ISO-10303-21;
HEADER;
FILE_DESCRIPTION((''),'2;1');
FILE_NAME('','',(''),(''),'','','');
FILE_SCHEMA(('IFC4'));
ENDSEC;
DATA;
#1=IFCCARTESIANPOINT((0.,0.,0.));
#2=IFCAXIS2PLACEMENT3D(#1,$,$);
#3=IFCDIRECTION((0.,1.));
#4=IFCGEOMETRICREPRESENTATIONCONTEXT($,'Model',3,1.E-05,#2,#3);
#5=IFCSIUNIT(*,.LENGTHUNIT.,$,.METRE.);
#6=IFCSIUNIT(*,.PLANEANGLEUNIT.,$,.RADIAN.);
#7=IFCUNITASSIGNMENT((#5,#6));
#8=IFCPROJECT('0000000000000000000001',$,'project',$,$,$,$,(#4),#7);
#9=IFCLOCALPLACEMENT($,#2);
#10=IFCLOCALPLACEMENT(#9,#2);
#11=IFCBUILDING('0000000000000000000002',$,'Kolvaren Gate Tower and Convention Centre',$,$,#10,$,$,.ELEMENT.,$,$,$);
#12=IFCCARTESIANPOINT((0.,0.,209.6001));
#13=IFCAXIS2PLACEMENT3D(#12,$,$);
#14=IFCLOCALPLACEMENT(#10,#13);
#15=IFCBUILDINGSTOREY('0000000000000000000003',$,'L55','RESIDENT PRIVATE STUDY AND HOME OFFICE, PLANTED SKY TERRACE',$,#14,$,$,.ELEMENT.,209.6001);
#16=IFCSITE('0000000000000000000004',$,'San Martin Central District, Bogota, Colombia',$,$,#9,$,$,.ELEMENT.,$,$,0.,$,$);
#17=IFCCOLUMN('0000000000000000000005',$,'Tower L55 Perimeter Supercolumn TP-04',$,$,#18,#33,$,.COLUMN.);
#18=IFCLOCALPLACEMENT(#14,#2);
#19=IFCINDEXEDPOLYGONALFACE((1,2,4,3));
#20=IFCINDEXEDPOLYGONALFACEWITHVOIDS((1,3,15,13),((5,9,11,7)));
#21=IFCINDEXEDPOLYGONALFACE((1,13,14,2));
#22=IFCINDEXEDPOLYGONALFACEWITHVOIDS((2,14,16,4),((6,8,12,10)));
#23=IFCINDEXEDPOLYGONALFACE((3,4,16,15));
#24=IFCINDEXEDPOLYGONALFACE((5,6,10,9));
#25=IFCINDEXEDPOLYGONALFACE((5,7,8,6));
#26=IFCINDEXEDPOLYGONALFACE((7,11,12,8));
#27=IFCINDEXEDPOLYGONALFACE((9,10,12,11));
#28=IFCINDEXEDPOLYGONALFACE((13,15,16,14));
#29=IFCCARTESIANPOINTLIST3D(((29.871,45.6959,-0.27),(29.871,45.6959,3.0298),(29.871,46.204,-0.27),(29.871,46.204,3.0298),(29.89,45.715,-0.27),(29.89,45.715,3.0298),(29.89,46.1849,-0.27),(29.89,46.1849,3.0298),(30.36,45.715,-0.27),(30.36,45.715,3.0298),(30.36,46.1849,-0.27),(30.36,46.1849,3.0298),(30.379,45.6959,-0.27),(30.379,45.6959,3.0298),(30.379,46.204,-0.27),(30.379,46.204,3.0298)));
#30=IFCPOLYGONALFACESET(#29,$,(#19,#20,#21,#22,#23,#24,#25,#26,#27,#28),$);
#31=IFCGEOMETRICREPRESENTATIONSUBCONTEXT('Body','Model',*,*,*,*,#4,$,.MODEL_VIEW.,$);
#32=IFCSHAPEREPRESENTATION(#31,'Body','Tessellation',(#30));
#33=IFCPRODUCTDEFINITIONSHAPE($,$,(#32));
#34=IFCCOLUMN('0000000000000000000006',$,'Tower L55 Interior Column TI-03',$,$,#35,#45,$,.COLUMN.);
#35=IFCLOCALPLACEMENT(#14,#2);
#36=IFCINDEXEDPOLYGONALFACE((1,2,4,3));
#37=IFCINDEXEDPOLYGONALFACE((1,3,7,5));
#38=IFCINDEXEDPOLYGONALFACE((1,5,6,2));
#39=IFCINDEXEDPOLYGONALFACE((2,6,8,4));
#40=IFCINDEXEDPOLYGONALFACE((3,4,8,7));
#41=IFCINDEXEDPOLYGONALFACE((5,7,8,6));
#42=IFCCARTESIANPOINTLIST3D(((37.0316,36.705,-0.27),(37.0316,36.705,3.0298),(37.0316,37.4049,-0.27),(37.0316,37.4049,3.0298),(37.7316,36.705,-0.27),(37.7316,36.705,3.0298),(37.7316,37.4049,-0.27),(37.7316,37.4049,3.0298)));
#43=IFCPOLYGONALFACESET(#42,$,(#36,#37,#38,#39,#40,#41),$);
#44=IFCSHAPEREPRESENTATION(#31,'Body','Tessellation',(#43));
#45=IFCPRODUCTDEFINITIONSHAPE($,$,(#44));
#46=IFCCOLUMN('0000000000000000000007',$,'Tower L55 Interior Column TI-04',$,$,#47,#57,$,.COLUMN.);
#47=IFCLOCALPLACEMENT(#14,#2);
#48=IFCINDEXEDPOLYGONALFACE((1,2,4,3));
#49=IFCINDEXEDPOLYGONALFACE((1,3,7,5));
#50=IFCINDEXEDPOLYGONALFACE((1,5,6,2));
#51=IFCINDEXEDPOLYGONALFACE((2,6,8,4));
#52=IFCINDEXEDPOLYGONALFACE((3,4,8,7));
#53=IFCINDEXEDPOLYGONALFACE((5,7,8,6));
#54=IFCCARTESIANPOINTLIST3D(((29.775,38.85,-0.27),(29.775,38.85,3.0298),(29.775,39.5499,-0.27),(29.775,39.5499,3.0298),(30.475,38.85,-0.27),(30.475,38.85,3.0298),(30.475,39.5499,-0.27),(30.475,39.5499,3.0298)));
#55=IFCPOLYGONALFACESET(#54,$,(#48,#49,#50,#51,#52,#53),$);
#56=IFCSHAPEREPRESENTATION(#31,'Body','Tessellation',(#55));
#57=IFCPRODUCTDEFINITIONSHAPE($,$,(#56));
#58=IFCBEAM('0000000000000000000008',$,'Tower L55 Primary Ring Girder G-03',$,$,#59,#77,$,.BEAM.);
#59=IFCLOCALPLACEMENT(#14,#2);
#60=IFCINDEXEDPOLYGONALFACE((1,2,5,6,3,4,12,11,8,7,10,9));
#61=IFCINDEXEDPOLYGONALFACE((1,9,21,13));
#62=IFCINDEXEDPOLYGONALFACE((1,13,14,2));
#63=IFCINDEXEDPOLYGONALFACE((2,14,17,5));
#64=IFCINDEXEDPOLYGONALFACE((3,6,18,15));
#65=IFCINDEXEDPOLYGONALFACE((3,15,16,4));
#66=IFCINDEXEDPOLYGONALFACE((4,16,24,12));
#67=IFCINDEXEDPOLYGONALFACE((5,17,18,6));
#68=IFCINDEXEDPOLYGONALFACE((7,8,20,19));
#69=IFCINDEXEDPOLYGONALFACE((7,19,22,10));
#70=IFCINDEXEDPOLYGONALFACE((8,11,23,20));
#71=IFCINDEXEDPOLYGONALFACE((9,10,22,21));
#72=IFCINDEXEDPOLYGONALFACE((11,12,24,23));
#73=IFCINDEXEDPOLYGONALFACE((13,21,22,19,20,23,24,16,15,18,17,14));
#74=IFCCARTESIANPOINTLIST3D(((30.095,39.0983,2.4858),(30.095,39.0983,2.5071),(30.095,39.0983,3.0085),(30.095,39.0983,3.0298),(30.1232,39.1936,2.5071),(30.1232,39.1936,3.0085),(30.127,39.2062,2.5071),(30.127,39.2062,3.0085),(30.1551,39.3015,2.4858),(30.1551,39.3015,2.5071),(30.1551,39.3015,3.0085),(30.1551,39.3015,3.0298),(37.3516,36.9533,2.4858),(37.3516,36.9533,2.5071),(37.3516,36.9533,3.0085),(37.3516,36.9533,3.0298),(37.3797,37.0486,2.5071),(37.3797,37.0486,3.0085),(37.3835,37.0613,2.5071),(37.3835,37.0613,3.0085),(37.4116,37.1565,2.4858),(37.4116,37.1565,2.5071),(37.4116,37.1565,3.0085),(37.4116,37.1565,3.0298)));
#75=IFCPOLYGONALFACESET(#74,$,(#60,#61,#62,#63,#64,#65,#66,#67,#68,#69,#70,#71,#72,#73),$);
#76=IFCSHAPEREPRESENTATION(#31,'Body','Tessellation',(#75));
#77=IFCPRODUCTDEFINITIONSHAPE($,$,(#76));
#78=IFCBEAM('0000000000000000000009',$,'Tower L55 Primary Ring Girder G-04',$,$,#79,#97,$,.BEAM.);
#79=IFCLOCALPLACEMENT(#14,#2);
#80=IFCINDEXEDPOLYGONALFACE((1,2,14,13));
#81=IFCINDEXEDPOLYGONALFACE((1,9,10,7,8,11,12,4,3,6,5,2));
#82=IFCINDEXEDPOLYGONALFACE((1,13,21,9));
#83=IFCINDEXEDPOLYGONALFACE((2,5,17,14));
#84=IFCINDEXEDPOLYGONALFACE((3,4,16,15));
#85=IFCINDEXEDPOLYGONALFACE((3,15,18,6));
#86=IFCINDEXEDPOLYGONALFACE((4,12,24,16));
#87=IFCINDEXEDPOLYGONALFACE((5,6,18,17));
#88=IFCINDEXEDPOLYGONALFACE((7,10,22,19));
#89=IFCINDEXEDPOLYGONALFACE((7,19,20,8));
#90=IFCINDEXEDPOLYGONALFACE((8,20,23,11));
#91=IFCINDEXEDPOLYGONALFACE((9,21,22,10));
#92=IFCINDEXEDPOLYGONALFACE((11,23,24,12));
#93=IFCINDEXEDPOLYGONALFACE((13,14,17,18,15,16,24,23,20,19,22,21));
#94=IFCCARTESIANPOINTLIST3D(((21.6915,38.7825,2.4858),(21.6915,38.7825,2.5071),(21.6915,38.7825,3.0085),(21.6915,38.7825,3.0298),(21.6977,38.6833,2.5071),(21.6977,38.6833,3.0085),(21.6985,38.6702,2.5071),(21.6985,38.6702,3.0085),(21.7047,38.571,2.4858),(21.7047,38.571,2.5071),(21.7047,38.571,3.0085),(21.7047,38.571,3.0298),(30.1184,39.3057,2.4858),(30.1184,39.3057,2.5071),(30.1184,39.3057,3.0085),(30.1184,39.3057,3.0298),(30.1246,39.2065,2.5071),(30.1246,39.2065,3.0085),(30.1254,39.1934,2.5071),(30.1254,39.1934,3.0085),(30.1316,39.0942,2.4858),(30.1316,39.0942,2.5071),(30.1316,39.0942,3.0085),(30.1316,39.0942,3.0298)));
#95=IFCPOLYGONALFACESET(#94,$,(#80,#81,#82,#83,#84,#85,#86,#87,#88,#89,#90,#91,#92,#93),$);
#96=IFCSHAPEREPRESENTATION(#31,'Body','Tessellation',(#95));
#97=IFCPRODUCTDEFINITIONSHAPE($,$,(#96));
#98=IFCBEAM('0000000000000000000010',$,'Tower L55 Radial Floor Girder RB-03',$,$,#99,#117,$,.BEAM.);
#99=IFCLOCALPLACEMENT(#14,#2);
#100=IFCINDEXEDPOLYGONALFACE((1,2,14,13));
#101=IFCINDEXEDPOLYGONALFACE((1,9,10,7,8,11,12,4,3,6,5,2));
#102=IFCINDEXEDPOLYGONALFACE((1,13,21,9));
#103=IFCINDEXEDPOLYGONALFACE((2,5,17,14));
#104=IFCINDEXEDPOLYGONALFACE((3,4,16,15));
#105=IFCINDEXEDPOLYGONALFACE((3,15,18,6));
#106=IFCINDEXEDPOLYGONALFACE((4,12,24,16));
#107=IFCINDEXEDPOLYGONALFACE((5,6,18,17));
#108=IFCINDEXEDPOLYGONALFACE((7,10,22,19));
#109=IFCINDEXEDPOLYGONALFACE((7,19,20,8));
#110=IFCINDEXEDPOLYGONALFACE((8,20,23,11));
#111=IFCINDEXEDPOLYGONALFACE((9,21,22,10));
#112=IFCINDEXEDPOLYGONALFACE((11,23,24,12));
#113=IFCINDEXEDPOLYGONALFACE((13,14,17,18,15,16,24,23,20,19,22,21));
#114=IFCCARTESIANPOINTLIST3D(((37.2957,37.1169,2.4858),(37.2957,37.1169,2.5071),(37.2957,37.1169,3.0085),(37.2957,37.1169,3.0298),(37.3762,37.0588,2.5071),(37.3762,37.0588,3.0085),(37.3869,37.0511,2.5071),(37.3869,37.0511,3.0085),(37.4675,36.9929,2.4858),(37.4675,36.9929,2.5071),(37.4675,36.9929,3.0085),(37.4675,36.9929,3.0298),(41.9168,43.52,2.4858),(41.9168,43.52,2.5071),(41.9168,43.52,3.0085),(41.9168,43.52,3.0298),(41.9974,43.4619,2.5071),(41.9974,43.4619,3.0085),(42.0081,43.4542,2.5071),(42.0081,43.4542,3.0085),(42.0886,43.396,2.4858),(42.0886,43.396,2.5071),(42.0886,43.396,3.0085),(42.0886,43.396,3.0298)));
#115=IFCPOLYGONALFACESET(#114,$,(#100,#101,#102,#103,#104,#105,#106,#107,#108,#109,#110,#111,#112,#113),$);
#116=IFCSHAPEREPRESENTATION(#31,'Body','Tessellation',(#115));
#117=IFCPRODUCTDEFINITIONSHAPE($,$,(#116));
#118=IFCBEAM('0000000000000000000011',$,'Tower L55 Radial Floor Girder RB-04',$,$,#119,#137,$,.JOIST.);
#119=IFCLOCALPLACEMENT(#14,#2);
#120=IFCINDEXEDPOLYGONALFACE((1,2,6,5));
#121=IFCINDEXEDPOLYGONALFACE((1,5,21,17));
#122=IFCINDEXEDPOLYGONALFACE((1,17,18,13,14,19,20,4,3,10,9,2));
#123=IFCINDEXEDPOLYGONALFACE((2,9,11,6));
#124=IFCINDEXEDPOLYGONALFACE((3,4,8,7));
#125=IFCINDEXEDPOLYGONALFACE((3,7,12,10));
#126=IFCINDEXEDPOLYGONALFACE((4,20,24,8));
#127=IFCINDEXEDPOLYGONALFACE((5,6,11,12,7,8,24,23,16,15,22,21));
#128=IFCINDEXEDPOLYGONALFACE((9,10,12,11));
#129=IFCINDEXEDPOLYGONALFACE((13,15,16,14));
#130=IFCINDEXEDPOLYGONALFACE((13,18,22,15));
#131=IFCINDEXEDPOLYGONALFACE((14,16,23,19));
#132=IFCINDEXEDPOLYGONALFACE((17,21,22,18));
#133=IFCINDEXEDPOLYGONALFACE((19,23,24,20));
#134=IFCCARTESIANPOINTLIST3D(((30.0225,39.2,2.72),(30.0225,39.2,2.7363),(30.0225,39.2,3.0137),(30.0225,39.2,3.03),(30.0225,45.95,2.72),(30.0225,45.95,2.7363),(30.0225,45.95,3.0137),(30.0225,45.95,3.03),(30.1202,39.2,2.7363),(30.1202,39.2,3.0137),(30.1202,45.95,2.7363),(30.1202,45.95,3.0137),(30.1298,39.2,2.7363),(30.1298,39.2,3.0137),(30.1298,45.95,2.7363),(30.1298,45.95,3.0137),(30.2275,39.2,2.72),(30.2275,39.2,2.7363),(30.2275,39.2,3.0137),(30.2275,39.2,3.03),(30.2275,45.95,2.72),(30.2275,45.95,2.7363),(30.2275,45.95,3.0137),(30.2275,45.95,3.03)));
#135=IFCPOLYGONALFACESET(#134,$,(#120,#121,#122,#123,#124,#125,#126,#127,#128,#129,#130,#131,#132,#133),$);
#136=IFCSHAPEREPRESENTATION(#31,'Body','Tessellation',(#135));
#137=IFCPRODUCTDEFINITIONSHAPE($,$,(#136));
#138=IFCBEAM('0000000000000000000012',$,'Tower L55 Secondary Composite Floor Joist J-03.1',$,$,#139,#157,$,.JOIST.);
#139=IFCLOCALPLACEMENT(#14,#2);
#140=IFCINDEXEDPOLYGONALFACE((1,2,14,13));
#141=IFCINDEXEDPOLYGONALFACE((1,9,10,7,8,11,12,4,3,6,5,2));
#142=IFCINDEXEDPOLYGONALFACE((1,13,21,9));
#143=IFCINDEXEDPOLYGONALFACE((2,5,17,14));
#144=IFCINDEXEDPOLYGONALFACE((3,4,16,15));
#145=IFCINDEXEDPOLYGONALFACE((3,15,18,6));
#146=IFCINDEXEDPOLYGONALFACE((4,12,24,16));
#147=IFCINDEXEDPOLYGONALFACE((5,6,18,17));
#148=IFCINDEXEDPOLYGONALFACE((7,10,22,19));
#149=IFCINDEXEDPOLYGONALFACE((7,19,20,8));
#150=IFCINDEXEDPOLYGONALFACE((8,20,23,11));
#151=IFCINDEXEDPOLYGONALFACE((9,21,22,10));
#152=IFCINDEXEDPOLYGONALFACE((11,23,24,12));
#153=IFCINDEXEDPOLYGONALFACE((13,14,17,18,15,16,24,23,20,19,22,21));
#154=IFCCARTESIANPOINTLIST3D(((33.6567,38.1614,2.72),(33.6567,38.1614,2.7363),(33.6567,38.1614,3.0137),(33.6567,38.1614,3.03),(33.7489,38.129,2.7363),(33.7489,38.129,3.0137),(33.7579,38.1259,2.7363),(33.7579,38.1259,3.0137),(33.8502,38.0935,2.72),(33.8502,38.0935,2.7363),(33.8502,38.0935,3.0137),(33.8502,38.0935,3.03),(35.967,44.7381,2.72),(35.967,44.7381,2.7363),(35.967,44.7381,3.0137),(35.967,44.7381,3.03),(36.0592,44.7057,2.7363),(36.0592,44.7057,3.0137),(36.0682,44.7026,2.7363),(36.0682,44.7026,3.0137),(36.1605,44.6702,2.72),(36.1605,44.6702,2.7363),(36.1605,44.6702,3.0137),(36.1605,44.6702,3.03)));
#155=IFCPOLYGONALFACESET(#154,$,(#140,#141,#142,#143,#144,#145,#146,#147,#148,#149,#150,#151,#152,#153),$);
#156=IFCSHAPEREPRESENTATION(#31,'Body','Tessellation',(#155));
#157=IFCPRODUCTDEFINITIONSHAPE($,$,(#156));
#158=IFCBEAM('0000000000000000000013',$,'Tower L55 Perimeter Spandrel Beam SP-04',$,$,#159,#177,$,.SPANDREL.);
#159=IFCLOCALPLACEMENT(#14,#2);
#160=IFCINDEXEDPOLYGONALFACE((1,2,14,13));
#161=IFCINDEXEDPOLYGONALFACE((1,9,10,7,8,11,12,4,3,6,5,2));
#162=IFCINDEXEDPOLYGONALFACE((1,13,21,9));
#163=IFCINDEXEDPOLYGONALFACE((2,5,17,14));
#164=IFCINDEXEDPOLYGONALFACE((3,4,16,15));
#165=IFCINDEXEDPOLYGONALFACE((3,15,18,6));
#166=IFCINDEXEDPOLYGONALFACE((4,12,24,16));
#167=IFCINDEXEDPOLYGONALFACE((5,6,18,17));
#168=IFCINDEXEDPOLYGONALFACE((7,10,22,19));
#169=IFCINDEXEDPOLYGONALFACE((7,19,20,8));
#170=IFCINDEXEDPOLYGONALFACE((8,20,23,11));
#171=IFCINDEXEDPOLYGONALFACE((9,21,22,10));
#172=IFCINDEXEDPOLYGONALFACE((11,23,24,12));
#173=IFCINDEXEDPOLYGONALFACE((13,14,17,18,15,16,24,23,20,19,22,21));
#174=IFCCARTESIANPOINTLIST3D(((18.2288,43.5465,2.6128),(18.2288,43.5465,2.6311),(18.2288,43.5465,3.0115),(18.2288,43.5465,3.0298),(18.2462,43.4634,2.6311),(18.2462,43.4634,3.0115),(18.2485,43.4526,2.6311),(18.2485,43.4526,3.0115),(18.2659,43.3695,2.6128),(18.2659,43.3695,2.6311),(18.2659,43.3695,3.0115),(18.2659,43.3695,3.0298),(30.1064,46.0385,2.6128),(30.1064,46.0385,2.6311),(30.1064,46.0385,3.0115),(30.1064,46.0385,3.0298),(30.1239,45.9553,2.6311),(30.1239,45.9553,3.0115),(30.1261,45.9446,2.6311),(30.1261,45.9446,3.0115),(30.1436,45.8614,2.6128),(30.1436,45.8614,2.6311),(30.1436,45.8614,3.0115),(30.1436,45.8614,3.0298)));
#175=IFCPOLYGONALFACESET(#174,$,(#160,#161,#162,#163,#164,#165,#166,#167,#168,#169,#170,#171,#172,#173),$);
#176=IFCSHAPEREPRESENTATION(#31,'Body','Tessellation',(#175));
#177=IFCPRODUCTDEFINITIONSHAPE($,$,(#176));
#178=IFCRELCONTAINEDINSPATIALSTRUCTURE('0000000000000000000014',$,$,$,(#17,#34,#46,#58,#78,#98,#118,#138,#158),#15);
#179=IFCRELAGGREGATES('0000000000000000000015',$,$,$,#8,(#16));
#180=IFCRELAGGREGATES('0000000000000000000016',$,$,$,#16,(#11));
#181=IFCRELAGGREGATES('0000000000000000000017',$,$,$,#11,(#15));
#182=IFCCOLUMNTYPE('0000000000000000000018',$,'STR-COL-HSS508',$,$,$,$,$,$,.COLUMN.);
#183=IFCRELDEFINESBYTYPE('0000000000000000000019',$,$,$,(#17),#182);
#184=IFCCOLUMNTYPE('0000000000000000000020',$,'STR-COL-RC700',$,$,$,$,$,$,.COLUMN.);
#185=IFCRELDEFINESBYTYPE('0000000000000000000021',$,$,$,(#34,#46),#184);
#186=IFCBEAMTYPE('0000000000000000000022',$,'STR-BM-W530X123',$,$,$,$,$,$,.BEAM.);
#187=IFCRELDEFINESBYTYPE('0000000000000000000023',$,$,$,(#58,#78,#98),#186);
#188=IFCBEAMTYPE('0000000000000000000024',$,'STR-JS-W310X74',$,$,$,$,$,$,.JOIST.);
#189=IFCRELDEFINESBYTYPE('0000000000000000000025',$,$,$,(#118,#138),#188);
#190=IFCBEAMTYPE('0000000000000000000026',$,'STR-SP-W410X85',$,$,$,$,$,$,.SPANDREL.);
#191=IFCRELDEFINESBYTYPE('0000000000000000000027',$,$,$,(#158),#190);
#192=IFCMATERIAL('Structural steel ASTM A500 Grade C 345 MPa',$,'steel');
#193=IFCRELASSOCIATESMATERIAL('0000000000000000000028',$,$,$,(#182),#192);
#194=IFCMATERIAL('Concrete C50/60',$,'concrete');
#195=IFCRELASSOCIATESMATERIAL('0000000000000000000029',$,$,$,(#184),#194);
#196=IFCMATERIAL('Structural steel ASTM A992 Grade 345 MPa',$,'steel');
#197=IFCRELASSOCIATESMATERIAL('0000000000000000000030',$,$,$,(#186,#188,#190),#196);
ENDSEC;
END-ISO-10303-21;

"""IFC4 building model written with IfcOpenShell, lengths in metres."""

from ifc_helpers import new_model, si_unit, direction, frame, origin, origin_2d, place, context, subcontext, project, spatial, rectangle, hollow_rectangle, i_section, extrude, material, material_profile, profile_set, type_object, element, save


model = new_model("IFC4")

# Units and contexts
model_context = context("Model", 3, precision=1e-05, world=origin(), true_north=direction((0.0, 1.0)))
body_context = subcontext(model_context, "Body", "Model", "MODEL_VIEW")
ifc_project = project(units=[si_unit("LENGTHUNIT", "METRE"), si_unit("PLANEANGLEUNIT", "RADIAN")], contexts=[model_context])

# Site, building, storey
site_placement = place(None, origin())
site = spatial("IfcSite", under=ifc_project, at=site_placement, Name="San Martin Central District, Bogota, Colombia", CompositionType="ELEMENT", RefElevation=0.0)
building_placement = place(site_placement, origin())
building = spatial("IfcBuilding", under=site, at=building_placement, Name="Kolvaren Gate Tower and Convention Centre", CompositionType="ELEMENT")
storey_placement = place(building_placement, frame((0.0, 0.0, 209.6001)))
storey = spatial("IfcBuildingStorey", under=building, at=storey_placement, Name="L55", Description="RESIDENT PRIVATE STUDY AND HOME OFFICE, PLANTED SKY TERRACE", CompositionType="ELEMENT", Elevation=209.6001)

# Columns
ifc_material_1 = material(Name="Structural steel ASTM A500 Grade C 345 MPa", Category="steel")
ifc_material_profile_1 = material_profile(ifc_material_1, hollow_rectangle(XDim=0.5081, YDim=0.5081, WallThickness=0.019, at=origin_2d()), Name="HSS508X508X19.1")
ifc_profile_set_1 = profile_set([ifc_material_profile_1], Name="Structural steel ASTM A500 Grade C 345 MPa")
column_type_1 = type_object("IfcColumnType", Name="STR-COL-HSS508", PredefinedType="COLUMN", material=ifc_profile_set_1)
column_placement = place(storey_placement, frame((30.125, 45.95, -0.27), z_axis=(0.0, 0.0, 1.0), x_axis=(1.0, 0.0, 0.0)))
element("IfcColumn", 1, at=column_placement, inside=storey, type_object=column_type_1, Name="Tower L55 Perimeter Supercolumn TP-04", PredefinedType="COLUMN", context=body_context, shape_type="SweptSolid", body=[
    extrude(hollow_rectangle(XDim=0.5081, YDim=0.5081, WallThickness=0.019, at=origin_2d()), origin(), (0.0, 0.0, 1.0), 3.2998),
])
ifc_material_2 = material(Name="Concrete C50/60", Category="concrete")
ifc_material_profile_2 = material_profile(ifc_material_2, rectangle(XDim=0.7, YDim=0.7, at=origin_2d()), Name="RC-COL-700X700")
ifc_profile_set_2 = profile_set([ifc_material_profile_2], Name="Concrete C50/60")
column_type_2 = type_object("IfcColumnType", Name="STR-COL-RC700", PredefinedType="COLUMN", material=ifc_profile_set_2)
for number, where, z_axis, x_axis, name in (
    (2, (37.3816, 37.0549, -0.27), (0.0, 0.0, 1.0), (1.0, 0.0, 0.0), "Tower L55 Interior Column TI-03"),
    (3, (30.125, 39.2, -0.27), (0.0, 0.0, 1.0), (1.0, 0.0, 0.0), "Tower L55 Interior Column TI-04"),
):
    element("IfcColumn", number, at=place(storey_placement, frame(where, z_axis=z_axis, x_axis=x_axis)), inside=storey, type_object=column_type_2, Name=name, PredefinedType="COLUMN", context=body_context, shape_type="SweptSolid", body=[
        extrude(rectangle(XDim=0.7, YDim=0.7, at=origin_2d()), origin(), (0.0, 0.0, 1.0), 3.2998),
    ])

# Beams
ifc_material_3 = material(Name="Structural steel ASTM A992 Grade 345 MPa", Category="steel")
ifc_material_profile_3 = material_profile(ifc_material_3, i_section(OverallWidth=0.2119, OverallDepth=0.5439, WebThickness=0.0132, FlangeThickness=0.0212, at=origin_2d()), Name="W530X123")
ifc_profile_set_3 = profile_set([ifc_material_profile_3], Name="Structural steel ASTM A992 Grade 345 MPa")
beam_type_1 = type_object("IfcBeamType", Name="STR-BM-W530X123", PredefinedType="BEAM", material=ifc_profile_set_3)
beam_1_placement = place(storey_placement, frame((37.3816, 37.0549, 2.7578), z_axis=(-0.958981, 0.283471, 0.0), x_axis=(-0.283471, -0.958981, 0.0)))
element("IfcBeam", 4, at=beam_1_placement, inside=storey, type_object=beam_type_1, Name="Tower L55 Primary Ring Girder G-03", PredefinedType="BEAM", context=body_context, shape_type="SweptSolid", body=[
    extrude(i_section(OverallWidth=0.2119, OverallDepth=0.5439, WebThickness=0.0132, FlangeThickness=0.0212, at=origin_2d()), origin(), (0.0, 0.0, 1.0), 7.5669),
])
beam_2_placement = place(storey_placement, frame((30.125, 39.2, 2.7578), z_axis=(-0.998078, -0.061966, 0.0), x_axis=(0.061966, -0.998078, 0.0)))
element("IfcBeam", 5, at=beam_2_placement, inside=storey, type_object=beam_type_1, Name="Tower L55 Primary Ring Girder G-04", PredefinedType="BEAM", context=body_context, shape_type="SweptSolid", body=[
    extrude(i_section(OverallWidth=0.2119, OverallDepth=0.5439, WebThickness=0.0132, FlangeThickness=0.0212, at=origin_2d()), origin(), (0.0, 0.0, 1.0), 8.4431),
])
beam_3_placement = place(storey_placement, frame((37.3816, 37.0549, 2.7578), z_axis=(0.585212, 0.810881, 0.0), x_axis=(-0.810881, 0.585212, 0.0)))
element("IfcBeam", 6, at=beam_3_placement, inside=storey, type_object=beam_type_1, Name="Tower L55 Radial Floor Girder RB-03", PredefinedType="BEAM", context=body_context, shape_type="SweptSolid", body=[
    extrude(i_section(OverallWidth=0.2119, OverallDepth=0.5439, WebThickness=0.0132, FlangeThickness=0.0212, at=origin_2d()), origin(), (0.0, 0.0, 1.0), 7.8965),
])
ifc_material_profile_4 = material_profile(ifc_material_3, i_section(OverallWidth=0.2051, OverallDepth=0.3101, WebThickness=0.0095, FlangeThickness=0.0164, at=origin_2d()), Name="W310X74")
ifc_profile_set_4 = profile_set([ifc_material_profile_4], Name="Structural steel ASTM A992 Grade 345 MPa")
beam_type_2 = type_object("IfcBeamType", Name="STR-JS-W310X74", PredefinedType="JOIST", material=ifc_profile_set_4)
beam_4_placement = place(storey_placement, frame((30.125, 39.2, 2.875), z_axis=(0.0, 1.0, 0.0), x_axis=(-1.0, 0.0, 0.0)))
element("IfcBeam", 7, at=beam_4_placement, inside=storey, type_object=beam_type_2, Name="Tower L55 Radial Floor Girder RB-04", PredefinedType="JOIST", context=body_context, shape_type="SweptSolid", body=[
    extrude(i_section(OverallWidth=0.2051, OverallDepth=0.3101, WebThickness=0.0095, FlangeThickness=0.0164, at=origin_2d()), origin(), (0.0, 0.0, 1.0), 6.75),
])
beam_5_placement = place(storey_placement, frame((33.7534, 38.1274, 2.875), z_axis=(0.331433, 0.943479, 0.0), x_axis=(-0.943479, 0.331433, 0.0)))
element("IfcBeam", 8, at=beam_5_placement, inside=storey, type_object=beam_type_2, Name="Tower L55 Secondary Composite Floor Joist J-03.1", PredefinedType="JOIST", context=body_context, shape_type="SweptSolid", body=[
    extrude(i_section(OverallWidth=0.2051, OverallDepth=0.3101, WebThickness=0.0095, FlangeThickness=0.0164, at=origin_2d()), origin(), (0.0, 0.0, 1.0), 6.9707),
])
ifc_material_profile_5 = material_profile(ifc_material_3, i_section(OverallWidth=0.1809, OverallDepth=0.417, WebThickness=0.011, FlangeThickness=0.0183, at=origin_2d()), Name="W410X85")
ifc_profile_set_5 = profile_set([ifc_material_profile_5], Name="Structural steel ASTM A992 Grade 345 MPa")
beam_type_3 = type_object("IfcBeamType", Name="STR-SP-W410X85", PredefinedType="SPANDREL", material=ifc_profile_set_5)
beam_6_placement = place(storey_placement, frame((30.125, 45.95, 2.8213), z_axis=(-0.978693, -0.20533, 0.0), x_axis=(0.20533, -0.978693, 0.0)))
element("IfcBeam", 9, at=beam_6_placement, inside=storey, type_object=beam_type_3, Name="Tower L55 Perimeter Spandrel Beam SP-04", PredefinedType="SPANDREL", context=body_context, shape_type="SweptSolid", body=[
    extrude(i_section(OverallWidth=0.1809, OverallDepth=0.417, WebThickness=0.011, FlangeThickness=0.0183, at=origin_2d()), origin(), (0.0, 0.0, 1.0), 12.1362),
])

save(model, "model.ifc")
